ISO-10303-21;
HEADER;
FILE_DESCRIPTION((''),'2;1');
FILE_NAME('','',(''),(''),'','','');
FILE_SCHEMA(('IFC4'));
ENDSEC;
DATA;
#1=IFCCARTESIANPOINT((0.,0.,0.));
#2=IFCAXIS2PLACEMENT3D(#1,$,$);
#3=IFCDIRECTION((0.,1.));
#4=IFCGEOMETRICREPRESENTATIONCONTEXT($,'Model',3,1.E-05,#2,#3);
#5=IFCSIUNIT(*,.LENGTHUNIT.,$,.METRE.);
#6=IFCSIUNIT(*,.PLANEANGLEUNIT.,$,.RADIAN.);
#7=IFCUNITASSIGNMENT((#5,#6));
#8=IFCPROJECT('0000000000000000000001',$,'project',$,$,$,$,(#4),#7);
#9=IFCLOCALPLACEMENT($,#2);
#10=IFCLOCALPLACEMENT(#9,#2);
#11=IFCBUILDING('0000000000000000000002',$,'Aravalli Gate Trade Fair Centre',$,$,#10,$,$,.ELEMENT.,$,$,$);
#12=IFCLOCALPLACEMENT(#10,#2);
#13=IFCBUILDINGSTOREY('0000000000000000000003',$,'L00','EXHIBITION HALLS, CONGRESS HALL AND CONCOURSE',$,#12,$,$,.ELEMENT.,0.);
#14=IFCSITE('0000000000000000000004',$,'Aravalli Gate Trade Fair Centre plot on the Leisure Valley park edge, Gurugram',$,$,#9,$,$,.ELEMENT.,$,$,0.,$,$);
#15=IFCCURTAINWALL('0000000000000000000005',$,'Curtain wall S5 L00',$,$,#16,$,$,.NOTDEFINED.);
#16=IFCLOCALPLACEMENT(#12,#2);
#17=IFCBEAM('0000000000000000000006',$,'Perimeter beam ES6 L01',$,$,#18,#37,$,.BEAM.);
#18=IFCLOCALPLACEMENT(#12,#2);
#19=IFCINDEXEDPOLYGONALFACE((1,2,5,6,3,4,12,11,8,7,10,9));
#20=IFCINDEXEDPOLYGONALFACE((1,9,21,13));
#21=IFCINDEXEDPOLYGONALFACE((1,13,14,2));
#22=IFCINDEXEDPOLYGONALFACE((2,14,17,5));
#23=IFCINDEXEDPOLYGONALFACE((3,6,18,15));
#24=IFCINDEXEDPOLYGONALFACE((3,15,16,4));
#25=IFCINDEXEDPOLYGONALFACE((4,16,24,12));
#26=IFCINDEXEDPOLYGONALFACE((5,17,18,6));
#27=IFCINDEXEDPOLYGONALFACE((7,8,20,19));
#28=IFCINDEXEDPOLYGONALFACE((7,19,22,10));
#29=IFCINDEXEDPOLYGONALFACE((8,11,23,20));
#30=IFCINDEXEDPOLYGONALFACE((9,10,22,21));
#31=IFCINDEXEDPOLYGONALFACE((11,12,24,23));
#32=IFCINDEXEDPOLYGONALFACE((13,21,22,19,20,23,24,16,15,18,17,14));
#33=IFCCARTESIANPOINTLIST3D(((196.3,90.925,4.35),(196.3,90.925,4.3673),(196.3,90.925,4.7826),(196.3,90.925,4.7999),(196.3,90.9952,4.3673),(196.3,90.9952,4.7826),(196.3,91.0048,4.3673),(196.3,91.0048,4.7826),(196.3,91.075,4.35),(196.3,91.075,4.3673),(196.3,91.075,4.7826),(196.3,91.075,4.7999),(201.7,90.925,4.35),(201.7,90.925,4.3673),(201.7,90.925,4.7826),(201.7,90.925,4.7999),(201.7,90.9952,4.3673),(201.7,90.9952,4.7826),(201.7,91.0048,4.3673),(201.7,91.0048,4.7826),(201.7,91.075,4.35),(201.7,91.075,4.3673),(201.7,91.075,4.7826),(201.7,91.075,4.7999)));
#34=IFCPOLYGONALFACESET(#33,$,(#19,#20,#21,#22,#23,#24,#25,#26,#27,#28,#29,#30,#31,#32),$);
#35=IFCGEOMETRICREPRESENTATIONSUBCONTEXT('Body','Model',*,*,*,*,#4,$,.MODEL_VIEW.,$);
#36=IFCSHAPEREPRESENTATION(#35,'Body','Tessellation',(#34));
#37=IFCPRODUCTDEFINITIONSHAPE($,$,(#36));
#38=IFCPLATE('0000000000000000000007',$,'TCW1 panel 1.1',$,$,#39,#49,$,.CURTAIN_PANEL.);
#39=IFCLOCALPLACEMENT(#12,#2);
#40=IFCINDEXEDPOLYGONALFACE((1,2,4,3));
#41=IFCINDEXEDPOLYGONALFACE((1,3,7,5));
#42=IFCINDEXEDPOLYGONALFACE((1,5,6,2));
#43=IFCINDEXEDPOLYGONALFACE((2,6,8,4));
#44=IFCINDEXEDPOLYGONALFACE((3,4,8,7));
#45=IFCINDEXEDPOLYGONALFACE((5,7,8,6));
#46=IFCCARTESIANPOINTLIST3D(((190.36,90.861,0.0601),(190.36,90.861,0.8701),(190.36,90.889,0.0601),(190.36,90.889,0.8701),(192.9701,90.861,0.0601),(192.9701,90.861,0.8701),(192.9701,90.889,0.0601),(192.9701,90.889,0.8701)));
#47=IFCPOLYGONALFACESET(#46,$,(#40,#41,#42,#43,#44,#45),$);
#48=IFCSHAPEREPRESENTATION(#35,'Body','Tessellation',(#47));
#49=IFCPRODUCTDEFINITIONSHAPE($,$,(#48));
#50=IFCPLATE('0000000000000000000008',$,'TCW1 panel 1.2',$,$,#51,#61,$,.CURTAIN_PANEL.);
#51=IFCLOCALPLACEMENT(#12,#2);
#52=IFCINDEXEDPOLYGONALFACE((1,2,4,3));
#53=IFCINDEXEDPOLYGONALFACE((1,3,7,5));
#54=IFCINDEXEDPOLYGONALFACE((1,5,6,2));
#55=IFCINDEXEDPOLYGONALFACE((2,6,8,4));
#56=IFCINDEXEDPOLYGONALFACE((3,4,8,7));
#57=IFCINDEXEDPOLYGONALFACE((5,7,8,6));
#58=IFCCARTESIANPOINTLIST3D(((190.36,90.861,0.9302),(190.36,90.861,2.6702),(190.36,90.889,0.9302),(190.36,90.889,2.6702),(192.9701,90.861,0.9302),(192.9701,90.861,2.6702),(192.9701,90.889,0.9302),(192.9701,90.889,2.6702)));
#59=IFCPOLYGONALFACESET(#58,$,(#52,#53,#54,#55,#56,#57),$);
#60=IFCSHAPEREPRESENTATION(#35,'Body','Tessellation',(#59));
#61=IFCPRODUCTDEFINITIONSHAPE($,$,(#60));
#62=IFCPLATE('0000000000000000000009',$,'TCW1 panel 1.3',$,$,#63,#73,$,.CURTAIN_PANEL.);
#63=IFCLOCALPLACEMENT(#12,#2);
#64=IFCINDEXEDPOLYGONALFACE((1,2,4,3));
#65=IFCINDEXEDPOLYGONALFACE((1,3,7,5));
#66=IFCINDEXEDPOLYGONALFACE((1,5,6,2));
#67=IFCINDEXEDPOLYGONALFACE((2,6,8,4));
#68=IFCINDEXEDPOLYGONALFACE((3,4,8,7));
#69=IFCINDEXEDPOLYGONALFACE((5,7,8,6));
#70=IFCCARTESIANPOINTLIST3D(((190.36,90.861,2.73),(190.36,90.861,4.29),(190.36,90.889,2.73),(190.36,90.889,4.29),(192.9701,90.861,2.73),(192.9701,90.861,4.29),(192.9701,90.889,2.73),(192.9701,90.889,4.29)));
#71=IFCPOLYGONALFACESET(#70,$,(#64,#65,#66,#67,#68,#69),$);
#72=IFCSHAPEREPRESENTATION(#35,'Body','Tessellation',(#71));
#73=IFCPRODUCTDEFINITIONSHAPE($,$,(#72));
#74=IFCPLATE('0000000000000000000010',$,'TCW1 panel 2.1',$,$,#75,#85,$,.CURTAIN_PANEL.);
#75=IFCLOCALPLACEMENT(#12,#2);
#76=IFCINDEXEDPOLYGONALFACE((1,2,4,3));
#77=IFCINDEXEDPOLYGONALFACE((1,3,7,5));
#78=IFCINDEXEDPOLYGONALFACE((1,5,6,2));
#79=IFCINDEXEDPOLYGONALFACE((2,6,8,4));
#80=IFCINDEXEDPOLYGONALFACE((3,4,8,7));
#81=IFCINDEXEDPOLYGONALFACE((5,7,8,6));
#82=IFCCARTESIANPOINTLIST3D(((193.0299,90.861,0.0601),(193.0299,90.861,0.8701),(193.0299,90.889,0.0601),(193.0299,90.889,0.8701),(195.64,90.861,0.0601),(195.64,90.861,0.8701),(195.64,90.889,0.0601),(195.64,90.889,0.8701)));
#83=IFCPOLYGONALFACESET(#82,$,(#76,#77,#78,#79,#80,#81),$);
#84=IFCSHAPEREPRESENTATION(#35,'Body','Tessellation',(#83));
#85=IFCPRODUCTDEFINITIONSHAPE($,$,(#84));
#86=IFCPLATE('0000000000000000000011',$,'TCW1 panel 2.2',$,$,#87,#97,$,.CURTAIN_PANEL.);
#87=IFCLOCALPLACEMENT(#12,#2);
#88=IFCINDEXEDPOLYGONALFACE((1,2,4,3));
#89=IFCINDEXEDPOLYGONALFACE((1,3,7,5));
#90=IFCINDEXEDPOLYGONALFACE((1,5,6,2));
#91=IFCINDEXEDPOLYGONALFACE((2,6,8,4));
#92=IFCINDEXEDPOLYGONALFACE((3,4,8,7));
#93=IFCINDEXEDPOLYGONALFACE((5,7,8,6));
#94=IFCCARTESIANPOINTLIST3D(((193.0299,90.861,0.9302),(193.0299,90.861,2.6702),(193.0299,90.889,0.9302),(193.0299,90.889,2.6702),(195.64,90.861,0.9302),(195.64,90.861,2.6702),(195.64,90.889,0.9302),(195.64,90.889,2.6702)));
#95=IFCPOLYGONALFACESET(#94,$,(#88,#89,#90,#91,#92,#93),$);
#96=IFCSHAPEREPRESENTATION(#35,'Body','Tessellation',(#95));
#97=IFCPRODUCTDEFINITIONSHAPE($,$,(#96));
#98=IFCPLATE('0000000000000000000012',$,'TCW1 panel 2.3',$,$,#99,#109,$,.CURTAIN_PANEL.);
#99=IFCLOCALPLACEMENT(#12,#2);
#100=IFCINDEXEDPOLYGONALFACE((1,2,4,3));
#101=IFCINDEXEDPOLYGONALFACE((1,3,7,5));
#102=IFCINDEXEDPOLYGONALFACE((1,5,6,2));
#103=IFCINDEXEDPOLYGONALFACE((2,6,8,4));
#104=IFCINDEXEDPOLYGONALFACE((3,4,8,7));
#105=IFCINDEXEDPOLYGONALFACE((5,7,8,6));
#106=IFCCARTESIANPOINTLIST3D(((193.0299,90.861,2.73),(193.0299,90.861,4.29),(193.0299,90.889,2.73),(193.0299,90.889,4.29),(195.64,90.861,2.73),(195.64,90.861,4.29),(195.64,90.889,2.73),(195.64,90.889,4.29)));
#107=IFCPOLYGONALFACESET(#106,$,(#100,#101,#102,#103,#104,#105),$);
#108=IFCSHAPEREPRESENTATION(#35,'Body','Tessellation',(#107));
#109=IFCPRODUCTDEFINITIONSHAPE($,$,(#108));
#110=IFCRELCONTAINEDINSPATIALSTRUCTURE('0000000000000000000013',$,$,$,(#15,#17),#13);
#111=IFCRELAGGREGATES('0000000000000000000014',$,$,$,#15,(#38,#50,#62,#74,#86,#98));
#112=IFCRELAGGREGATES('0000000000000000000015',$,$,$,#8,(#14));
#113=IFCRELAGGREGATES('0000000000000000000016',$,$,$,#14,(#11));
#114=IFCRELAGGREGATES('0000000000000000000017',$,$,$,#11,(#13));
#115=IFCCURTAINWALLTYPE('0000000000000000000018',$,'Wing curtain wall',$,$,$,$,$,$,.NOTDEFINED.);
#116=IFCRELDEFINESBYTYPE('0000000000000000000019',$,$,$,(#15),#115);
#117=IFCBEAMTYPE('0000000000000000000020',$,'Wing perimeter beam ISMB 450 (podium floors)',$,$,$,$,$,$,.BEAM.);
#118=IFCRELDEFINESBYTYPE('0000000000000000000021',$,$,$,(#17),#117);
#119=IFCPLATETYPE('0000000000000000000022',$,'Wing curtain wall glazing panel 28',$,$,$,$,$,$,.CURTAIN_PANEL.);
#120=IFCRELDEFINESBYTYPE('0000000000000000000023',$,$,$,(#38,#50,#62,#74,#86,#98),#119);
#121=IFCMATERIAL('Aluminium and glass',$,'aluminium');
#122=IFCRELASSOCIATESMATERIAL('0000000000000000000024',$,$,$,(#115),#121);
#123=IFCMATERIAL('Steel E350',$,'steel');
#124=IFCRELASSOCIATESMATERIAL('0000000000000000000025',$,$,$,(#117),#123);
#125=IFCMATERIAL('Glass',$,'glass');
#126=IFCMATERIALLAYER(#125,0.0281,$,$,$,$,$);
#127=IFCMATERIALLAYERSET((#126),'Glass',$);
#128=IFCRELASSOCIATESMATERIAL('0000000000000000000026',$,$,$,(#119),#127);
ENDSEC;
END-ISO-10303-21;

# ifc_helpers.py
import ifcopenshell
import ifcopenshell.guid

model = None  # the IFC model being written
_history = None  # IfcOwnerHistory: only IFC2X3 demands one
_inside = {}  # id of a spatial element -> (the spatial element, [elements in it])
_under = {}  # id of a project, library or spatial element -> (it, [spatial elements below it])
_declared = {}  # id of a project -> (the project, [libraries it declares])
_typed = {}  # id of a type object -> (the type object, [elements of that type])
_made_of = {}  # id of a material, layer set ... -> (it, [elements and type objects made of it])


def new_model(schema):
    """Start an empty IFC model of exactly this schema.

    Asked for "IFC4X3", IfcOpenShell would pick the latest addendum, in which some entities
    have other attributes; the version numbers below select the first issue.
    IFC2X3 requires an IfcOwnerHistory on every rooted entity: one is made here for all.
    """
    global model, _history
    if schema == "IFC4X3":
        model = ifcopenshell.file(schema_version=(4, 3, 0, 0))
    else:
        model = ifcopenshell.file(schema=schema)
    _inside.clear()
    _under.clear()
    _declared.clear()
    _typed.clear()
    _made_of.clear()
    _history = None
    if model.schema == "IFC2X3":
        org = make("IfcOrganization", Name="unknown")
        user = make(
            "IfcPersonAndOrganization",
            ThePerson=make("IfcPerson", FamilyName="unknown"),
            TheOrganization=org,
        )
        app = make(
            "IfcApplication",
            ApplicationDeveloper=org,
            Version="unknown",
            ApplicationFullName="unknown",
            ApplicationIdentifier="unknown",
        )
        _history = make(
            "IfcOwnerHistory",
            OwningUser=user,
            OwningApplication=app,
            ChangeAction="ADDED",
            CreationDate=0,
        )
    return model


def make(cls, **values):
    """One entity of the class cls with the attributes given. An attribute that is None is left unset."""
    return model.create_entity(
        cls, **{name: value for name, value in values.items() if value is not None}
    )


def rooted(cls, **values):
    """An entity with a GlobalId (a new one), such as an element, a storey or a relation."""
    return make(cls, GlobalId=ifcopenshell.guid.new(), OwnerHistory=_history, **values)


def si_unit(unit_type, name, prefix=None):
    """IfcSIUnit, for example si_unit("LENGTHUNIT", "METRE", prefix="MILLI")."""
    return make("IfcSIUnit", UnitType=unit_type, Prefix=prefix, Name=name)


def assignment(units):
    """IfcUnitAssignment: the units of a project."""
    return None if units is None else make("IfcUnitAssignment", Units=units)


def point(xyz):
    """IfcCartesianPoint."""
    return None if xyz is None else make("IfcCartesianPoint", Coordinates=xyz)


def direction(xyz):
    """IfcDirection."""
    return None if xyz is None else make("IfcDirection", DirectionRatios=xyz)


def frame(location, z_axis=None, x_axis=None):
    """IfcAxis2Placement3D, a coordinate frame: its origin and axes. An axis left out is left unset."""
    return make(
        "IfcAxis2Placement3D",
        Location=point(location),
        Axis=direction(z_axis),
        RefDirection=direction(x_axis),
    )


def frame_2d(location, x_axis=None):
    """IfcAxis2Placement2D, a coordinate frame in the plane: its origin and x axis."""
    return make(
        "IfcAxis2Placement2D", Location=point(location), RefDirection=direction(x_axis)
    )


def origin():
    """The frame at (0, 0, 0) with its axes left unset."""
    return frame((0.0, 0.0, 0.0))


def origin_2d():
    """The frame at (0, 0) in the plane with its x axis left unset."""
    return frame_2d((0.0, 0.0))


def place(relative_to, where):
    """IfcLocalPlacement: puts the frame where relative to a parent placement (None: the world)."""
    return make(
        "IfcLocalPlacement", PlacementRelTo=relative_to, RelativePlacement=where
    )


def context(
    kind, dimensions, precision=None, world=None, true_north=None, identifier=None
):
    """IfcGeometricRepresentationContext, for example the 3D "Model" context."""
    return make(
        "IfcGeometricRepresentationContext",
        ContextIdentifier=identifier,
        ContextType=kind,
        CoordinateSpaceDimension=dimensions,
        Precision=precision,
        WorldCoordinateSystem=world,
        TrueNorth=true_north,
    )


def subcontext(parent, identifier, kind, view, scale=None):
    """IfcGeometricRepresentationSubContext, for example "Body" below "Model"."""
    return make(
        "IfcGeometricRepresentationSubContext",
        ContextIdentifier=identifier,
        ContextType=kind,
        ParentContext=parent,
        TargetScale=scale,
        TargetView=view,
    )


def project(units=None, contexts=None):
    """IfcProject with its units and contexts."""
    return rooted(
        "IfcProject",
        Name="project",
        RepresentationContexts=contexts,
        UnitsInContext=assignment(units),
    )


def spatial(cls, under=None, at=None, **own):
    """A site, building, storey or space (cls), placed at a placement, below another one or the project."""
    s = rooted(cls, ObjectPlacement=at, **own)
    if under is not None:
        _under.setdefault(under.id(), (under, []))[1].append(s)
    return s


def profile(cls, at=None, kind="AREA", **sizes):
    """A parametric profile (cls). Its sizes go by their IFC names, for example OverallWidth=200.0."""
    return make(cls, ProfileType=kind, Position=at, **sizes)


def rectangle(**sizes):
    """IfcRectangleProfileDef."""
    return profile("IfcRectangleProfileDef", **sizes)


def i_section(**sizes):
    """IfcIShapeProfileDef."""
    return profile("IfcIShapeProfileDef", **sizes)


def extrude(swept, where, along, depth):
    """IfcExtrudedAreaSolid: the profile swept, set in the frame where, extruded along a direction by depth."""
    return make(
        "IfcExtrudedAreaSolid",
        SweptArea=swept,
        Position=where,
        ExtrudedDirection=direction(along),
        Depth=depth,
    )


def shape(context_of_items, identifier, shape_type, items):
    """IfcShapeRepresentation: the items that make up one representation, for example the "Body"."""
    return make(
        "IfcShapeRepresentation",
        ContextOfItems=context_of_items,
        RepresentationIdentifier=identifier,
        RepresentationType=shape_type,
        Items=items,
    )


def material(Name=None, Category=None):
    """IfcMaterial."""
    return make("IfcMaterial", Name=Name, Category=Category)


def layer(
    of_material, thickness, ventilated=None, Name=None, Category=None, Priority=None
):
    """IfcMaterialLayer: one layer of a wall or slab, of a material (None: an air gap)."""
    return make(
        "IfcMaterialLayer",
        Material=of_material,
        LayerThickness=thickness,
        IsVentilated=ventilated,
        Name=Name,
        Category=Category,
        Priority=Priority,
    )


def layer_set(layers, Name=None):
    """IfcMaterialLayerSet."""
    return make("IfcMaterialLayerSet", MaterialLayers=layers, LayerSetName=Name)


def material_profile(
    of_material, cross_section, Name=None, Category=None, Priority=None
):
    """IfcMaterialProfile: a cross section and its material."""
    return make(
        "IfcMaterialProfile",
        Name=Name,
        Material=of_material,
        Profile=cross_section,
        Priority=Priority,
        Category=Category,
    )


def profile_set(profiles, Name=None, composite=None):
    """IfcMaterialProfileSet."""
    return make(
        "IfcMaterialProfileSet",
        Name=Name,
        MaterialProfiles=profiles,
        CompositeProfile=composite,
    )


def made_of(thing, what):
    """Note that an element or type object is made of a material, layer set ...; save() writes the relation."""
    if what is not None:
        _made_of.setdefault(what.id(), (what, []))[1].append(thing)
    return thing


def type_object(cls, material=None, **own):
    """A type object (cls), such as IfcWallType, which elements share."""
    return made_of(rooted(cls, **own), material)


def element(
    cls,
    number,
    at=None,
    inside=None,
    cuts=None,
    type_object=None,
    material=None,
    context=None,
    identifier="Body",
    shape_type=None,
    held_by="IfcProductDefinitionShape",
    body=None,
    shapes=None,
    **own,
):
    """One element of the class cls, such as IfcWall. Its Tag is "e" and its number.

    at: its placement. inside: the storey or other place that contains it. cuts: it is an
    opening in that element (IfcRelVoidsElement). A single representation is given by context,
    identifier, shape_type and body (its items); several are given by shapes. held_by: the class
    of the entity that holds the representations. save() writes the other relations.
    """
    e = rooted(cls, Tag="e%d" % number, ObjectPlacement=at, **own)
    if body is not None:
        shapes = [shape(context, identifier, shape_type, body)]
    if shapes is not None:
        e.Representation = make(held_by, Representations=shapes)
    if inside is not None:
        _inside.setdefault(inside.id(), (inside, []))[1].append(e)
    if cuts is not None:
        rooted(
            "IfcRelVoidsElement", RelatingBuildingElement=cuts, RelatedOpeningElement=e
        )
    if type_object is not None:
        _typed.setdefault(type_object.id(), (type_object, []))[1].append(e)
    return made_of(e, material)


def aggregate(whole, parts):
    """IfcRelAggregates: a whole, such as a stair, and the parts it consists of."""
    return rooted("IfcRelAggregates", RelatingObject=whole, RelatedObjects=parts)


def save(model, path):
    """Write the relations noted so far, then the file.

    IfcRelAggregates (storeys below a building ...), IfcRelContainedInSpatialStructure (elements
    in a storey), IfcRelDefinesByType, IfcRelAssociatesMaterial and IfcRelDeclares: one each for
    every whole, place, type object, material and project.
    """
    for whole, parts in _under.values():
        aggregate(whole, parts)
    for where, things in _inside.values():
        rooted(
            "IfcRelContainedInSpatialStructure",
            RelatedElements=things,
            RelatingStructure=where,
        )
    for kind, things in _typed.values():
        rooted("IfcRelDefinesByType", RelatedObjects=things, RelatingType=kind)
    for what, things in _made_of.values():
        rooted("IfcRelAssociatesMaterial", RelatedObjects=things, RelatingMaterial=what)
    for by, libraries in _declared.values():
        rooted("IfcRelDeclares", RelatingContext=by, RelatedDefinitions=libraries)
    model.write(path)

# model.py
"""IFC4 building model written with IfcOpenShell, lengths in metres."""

from ifc_helpers import new_model, si_unit, direction, frame, origin, origin_2d, place, context, subcontext, project, spatial, rectangle, i_section, extrude, material, layer, layer_set, material_profile, profile_set, type_object, element, aggregate, save


model = new_model("IFC4")

# Units and contexts
model_context = context("Model", 3, precision=1e-05, world=origin(), true_north=direction((0.0, 1.0)))
body_context = subcontext(model_context, "Body", "Model", "MODEL_VIEW")
ifc_project = project(units=[si_unit("LENGTHUNIT", "METRE"), si_unit("PLANEANGLEUNIT", "RADIAN")], contexts=[model_context])

# Site, building, storey
site_placement = place(None, origin())
site = spatial("IfcSite", under=ifc_project, at=site_placement, Name="Aravalli Gate Trade Fair Centre plot on the Leisure Valley park edge, Gurugram", CompositionType="ELEMENT", RefElevation=0.0)
building_placement = place(site_placement, origin())
building = spatial("IfcBuilding", under=site, at=building_placement, Name="Aravalli Gate Trade Fair Centre", CompositionType="ELEMENT")
storey_placement = place(building_placement, origin())
storey = spatial("IfcBuildingStorey", under=building, at=storey_placement, Name="L00", Description="EXHIBITION HALLS, CONGRESS HALL AND CONCOURSE", CompositionType="ELEMENT", Elevation=0.0)

# Shared definitions
ifc_material_1 = material(Name="Steel E350", Category="steel")

# Curtain wall
ifc_material_2 = material(Name="Aluminium and glass", Category="aluminium")
curtain_wall_type = type_object("IfcCurtainWallType", Name="Wing curtain wall", PredefinedType="NOTDEFINED", material=ifc_material_2)
curtain_wall_1_placement = place(storey_placement, origin())
curtain_wall_1 = element("IfcCurtainWall", 1, at=curtain_wall_1_placement, inside=storey, type_object=curtain_wall_type, Name="Curtain wall S5 L00", PredefinedType="NOTDEFINED")

# Beam
ifc_material_profile_1 = material_profile(ifc_material_1, i_section(OverallWidth=0.1499, OverallDepth=0.45, WebThickness=0.0095, FlangeThickness=0.0173, at=origin_2d()), Name="ISMB 450")
ifc_profile_set_1 = profile_set([ifc_material_profile_1], Name="Steel E350")
beam_type_1 = type_object("IfcBeamType", Name="Wing perimeter beam ISMB 450 (podium floors)", PredefinedType="BEAM", material=ifc_profile_set_1)
beam_1_placement = place(storey_placement, frame((196.3, 91.0, 4.575), z_axis=(1.0, 0.0, 0.0), x_axis=(0.0, 1.0, 0.0)))
element("IfcBeam", 2, at=beam_1_placement, inside=storey, type_object=beam_type_1, Name="Perimeter beam ES6 L01", PredefinedType="BEAM", context=body_context, shape_type="SweptSolid", body=[
    extrude(i_section(OverallWidth=0.1499, OverallDepth=0.45, WebThickness=0.0095, FlangeThickness=0.0173, at=origin_2d()), origin(), (0.0, 0.0, 1.0), 5.3999),
])

# Plates
ifc_material_3 = material(Name="Glass", Category="glass")
ifc_layer = layer(ifc_material_3, 0.0281)
ifc_layer_set = layer_set([ifc_layer], Name="Glass")
plate_type = type_object("IfcPlateType", Name="Wing curtain wall glazing panel 28", PredefinedType="CURTAIN_PANEL", material=ifc_layer_set)
plate_1_placement = place(storey_placement, frame((191.665, 90.875, 0.0601), z_axis=(0.0, 0.0, 1.0), x_axis=(1.0, 0.0, 0.0)))
plate_1 = element("IfcPlate", 3, at=plate_1_placement, type_object=plate_type, Name="TCW1 panel 1.1", PredefinedType="CURTAIN_PANEL", context=body_context, shape_type="SweptSolid", body=[
    extrude(rectangle(XDim=2.6101, YDim=0.0281, at=origin_2d()), origin(), (0.0, 0.0, 1.0), 0.8101),
])
plate_2_placement = place(storey_placement, frame((191.665, 90.875, 0.9302), z_axis=(0.0, 0.0, 1.0), x_axis=(1.0, 0.0, 0.0)))
plate_2 = element("IfcPlate", 4, at=plate_2_placement, type_object=plate_type, Name="TCW1 panel 1.2", PredefinedType="CURTAIN_PANEL", context=body_context, shape_type="SweptSolid", body=[
    extrude(rectangle(XDim=2.6101, YDim=0.0281, at=origin_2d()), origin(), (0.0, 0.0, 1.0), 1.74),
])
plate_3_placement = place(storey_placement, frame((191.665, 90.875, 2.73), z_axis=(0.0, 0.0, 1.0), x_axis=(1.0, 0.0, 0.0)))
plate_3 = element("IfcPlate", 5, at=plate_3_placement, type_object=plate_type, Name="TCW1 panel 1.3", PredefinedType="CURTAIN_PANEL", context=body_context, shape_type="SweptSolid", body=[
    extrude(rectangle(XDim=2.6101, YDim=0.0281, at=origin_2d()), origin(), (0.0, 0.0, 1.0), 1.5601),
])
plate_4_placement = place(storey_placement, frame((194.335, 90.875, 0.0601), z_axis=(0.0, 0.0, 1.0), x_axis=(1.0, 0.0, 0.0)))
plate_4 = element("IfcPlate", 6, at=plate_4_placement, type_object=plate_type, Name="TCW1 panel 2.1", PredefinedType="CURTAIN_PANEL", context=body_context, shape_type="SweptSolid", body=[
    extrude(rectangle(XDim=2.6101, YDim=0.0281, at=origin_2d()), origin(), (0.0, 0.0, 1.0), 0.8101),
])
plate_5_placement = place(storey_placement, frame((194.335, 90.875, 0.9302), z_axis=(0.0, 0.0, 1.0), x_axis=(1.0, 0.0, 0.0)))
plate_5 = element("IfcPlate", 7, at=plate_5_placement, type_object=plate_type, Name="TCW1 panel 2.2", PredefinedType="CURTAIN_PANEL", context=body_context, shape_type="SweptSolid", body=[
    extrude(rectangle(XDim=2.6101, YDim=0.0281, at=origin_2d()), origin(), (0.0, 0.0, 1.0), 1.74),
])
plate_6_placement = place(storey_placement, frame((194.335, 90.875, 2.73), z_axis=(0.0, 0.0, 1.0), x_axis=(1.0, 0.0, 0.0)))
plate_6 = element("IfcPlate", 8, at=plate_6_placement, type_object=plate_type, Name="TCW1 panel 2.3", PredefinedType="CURTAIN_PANEL", context=body_context, shape_type="SweptSolid", body=[
    extrude(rectangle(XDim=2.6101, YDim=0.0281, at=origin_2d()), origin(), (0.0, 0.0, 1.0), 1.5601),
])
aggregate(curtain_wall_1, [plate_1, plate_2, plate_3, plate_4, plate_5, plate_6])

save(model, "model.ifc")
